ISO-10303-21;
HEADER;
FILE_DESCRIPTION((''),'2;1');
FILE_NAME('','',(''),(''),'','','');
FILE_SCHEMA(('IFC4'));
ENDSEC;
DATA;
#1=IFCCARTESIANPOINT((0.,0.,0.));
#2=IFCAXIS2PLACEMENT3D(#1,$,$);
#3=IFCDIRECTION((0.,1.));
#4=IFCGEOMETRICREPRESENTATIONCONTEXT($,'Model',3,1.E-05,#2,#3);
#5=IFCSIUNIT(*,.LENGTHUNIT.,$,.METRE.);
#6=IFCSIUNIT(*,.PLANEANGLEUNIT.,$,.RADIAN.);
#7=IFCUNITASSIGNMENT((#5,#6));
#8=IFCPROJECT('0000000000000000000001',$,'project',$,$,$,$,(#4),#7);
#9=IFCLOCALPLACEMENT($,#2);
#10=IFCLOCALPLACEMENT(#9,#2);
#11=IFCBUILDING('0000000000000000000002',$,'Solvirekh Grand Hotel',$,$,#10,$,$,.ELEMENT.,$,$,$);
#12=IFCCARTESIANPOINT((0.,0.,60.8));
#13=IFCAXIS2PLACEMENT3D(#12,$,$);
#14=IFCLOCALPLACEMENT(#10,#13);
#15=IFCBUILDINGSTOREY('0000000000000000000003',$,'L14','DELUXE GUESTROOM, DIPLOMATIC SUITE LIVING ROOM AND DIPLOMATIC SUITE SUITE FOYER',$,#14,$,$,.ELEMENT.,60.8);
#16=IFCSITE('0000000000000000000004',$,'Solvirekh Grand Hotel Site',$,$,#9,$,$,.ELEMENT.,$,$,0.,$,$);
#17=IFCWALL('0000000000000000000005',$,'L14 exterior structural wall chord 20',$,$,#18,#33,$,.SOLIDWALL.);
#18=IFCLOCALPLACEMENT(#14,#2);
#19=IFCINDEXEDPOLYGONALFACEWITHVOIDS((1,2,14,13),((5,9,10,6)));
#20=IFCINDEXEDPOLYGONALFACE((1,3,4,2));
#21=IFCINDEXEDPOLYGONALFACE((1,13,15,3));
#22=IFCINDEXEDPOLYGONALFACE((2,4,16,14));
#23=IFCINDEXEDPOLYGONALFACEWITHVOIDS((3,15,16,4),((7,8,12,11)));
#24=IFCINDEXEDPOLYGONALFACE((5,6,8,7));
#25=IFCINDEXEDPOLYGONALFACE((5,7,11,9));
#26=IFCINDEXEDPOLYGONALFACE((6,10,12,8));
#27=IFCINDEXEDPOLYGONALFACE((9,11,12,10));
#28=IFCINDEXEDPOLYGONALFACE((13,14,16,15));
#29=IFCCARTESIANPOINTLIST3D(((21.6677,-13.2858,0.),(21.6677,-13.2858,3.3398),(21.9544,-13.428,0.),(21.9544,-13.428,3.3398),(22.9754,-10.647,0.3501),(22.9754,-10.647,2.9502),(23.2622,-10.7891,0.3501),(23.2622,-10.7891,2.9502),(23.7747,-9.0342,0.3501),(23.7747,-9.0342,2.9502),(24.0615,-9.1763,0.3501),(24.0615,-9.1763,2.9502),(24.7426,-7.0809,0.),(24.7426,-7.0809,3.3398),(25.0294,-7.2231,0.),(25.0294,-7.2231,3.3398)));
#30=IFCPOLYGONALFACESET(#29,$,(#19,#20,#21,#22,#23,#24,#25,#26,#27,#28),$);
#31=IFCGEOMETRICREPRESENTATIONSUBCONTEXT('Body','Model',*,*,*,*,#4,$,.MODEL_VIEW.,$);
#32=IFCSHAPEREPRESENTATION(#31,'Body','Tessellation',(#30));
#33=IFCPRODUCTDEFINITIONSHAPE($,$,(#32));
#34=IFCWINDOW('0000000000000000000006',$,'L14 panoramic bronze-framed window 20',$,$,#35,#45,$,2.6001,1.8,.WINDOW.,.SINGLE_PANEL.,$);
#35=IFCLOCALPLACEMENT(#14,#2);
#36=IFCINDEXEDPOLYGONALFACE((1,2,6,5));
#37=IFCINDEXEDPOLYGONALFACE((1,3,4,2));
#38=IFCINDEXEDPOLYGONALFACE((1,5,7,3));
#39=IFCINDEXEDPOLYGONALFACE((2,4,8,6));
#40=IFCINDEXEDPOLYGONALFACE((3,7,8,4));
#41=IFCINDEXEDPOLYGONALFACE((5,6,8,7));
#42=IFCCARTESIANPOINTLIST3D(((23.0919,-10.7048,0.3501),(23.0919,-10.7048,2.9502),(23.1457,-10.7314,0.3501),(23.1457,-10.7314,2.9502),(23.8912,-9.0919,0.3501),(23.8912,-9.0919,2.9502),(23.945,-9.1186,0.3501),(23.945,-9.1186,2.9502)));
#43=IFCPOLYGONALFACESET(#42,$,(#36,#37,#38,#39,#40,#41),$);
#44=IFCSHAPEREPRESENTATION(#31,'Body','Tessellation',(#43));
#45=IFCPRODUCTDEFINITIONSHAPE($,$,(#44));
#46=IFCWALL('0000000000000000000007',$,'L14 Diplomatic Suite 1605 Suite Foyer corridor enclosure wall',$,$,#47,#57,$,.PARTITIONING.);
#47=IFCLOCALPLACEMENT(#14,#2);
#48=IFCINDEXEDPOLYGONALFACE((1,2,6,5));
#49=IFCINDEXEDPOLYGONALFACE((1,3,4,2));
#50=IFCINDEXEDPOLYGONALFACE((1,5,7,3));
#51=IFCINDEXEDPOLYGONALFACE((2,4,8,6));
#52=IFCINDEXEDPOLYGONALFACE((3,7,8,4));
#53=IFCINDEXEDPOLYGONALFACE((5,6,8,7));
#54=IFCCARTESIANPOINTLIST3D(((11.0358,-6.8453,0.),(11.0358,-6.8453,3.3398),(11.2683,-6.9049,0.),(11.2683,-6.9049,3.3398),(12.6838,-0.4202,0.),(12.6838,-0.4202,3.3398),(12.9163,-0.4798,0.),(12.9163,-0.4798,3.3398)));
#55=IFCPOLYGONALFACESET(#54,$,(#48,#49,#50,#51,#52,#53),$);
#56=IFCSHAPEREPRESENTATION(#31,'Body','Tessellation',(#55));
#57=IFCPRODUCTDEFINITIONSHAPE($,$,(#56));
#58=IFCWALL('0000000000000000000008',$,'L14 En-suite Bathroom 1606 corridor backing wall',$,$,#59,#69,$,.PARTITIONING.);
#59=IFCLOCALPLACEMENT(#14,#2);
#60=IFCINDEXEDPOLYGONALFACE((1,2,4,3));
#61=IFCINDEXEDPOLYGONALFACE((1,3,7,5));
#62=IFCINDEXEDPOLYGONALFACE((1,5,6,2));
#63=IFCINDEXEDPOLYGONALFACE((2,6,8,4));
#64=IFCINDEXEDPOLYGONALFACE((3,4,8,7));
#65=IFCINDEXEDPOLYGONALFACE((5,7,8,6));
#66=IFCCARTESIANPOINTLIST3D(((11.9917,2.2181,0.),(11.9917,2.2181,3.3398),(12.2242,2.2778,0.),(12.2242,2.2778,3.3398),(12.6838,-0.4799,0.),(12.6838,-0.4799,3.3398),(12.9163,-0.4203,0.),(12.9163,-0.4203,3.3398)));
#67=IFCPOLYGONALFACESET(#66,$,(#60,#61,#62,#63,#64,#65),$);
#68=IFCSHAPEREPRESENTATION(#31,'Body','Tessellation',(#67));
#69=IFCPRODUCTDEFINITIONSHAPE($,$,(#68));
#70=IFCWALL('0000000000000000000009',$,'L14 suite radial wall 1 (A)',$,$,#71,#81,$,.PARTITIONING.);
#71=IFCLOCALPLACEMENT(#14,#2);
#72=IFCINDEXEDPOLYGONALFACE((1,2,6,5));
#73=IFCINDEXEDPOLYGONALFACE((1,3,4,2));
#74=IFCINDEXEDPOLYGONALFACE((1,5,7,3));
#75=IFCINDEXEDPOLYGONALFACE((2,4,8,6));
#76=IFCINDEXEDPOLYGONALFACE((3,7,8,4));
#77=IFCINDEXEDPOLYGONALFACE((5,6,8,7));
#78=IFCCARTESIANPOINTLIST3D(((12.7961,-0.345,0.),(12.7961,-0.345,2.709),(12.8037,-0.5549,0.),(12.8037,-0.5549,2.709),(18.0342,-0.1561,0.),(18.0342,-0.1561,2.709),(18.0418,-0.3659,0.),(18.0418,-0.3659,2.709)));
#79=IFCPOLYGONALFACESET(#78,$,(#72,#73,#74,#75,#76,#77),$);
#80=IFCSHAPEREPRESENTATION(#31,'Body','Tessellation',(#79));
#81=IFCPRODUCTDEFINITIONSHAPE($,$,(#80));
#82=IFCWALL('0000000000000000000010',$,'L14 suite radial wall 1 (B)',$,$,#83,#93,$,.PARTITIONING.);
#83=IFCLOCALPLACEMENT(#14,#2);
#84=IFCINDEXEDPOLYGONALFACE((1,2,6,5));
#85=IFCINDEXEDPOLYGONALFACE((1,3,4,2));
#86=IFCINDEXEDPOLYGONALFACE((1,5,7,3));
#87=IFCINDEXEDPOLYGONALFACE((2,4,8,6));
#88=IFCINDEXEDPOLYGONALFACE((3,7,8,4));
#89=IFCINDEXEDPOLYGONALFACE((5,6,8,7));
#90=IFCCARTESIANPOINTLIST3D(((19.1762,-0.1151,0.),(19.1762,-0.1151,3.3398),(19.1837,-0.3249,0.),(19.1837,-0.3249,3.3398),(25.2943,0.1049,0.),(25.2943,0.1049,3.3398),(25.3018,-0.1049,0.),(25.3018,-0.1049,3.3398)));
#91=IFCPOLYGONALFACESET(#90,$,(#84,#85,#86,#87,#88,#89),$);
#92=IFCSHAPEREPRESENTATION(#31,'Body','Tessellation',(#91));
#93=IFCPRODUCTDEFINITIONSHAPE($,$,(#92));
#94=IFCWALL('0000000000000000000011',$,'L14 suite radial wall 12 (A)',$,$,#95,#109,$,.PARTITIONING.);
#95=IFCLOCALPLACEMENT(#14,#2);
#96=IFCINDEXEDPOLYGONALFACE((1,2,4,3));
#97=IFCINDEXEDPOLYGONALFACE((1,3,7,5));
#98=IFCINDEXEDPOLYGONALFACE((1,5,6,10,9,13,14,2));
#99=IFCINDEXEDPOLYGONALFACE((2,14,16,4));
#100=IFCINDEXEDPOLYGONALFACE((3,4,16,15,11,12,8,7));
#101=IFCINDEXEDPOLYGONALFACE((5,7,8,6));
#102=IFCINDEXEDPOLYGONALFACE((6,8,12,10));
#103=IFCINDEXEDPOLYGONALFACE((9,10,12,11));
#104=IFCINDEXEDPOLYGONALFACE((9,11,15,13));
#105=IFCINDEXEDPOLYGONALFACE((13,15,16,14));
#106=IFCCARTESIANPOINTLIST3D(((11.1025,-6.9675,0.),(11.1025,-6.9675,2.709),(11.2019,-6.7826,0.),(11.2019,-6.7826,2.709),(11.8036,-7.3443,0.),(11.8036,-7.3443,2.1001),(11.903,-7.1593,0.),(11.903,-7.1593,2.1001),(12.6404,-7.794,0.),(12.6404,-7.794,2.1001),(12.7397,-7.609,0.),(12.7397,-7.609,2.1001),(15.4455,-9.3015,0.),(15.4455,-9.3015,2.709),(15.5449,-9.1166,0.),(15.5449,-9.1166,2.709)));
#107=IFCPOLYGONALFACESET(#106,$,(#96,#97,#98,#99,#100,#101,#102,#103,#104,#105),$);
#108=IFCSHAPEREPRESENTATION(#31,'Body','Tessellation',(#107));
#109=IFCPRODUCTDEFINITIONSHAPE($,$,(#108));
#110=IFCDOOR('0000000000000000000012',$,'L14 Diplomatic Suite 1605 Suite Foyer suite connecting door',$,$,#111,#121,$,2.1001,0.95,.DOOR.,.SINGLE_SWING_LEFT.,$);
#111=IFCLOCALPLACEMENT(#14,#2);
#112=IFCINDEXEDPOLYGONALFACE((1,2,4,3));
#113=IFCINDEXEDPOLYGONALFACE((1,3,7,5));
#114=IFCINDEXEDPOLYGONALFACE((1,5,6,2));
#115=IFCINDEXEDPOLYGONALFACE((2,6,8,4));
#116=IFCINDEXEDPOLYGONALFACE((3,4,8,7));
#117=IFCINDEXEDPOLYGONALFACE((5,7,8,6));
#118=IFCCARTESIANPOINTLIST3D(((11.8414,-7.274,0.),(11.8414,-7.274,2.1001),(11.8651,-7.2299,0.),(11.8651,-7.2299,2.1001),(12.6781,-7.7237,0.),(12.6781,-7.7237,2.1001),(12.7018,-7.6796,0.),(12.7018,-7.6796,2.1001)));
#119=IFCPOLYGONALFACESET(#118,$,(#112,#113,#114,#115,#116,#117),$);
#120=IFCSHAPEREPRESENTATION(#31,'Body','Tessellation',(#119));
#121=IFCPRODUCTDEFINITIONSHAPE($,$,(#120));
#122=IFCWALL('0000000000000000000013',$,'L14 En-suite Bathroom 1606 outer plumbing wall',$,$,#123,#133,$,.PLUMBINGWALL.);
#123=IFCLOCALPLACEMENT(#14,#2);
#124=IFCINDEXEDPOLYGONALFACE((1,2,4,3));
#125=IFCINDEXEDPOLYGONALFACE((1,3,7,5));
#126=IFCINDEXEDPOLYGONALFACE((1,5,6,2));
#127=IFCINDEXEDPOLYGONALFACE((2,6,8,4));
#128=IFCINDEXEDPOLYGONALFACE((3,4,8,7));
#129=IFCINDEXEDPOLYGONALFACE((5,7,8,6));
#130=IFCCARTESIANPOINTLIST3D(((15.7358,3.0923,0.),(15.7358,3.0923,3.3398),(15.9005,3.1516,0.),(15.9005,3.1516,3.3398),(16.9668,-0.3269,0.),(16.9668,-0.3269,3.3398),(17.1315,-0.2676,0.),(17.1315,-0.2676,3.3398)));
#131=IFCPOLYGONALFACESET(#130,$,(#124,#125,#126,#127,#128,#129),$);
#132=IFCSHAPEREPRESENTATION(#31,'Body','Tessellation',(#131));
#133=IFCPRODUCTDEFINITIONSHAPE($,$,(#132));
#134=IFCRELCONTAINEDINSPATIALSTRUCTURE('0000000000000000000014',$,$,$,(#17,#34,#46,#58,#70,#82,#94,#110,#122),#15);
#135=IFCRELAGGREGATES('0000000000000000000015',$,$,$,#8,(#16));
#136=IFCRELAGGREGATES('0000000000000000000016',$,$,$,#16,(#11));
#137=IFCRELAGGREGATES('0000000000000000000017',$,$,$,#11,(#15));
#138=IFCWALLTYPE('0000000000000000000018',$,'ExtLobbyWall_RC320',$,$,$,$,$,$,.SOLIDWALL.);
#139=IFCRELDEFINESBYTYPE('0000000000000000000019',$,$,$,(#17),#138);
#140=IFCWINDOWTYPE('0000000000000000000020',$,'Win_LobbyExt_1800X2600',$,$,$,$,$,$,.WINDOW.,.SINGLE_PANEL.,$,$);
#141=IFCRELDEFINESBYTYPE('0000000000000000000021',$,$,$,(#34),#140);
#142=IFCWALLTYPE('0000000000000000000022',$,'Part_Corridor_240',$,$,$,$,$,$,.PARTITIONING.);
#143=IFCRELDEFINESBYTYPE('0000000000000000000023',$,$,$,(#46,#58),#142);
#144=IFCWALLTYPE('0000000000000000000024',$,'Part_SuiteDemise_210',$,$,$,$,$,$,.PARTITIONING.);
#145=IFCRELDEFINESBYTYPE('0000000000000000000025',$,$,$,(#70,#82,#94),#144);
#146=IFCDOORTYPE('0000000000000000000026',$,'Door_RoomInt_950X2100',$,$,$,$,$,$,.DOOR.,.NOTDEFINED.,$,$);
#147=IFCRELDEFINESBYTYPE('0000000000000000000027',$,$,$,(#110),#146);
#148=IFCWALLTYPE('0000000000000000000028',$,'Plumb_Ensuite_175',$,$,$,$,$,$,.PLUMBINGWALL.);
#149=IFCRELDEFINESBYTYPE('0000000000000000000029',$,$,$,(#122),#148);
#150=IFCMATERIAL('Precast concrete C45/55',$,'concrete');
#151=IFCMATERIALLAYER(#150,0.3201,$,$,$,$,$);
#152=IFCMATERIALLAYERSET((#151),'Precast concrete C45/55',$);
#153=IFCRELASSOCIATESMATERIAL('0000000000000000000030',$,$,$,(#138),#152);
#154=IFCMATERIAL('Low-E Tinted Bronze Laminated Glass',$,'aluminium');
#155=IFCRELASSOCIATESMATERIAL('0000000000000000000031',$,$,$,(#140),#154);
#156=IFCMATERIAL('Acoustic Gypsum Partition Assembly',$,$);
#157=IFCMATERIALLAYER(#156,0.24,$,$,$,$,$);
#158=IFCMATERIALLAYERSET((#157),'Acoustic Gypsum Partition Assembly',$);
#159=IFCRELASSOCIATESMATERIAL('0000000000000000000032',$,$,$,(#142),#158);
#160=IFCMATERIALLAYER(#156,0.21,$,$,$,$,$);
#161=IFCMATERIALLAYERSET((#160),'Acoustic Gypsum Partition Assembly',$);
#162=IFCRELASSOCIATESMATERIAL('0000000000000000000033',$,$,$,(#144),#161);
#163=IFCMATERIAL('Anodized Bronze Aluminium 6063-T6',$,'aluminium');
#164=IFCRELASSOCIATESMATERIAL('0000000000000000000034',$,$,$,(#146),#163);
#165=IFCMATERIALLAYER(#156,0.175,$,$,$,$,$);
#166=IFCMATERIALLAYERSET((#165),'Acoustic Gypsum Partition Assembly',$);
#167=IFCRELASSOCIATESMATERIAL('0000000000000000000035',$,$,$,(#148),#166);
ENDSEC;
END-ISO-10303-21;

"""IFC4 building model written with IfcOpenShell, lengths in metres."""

from ifc_helpers import new_model, si_unit, direction, frame, frame_2d, origin, place, context, subcontext, project, spatial, rectangle, extrude, material, layer, layer_set, type_object, element, fill, save


model = new_model("IFC4")

# Units and contexts
model_context = context("Model", 3, precision=1e-05, world=origin(), true_north=direction((0.0, 1.0)))
body_context = subcontext(model_context, "Body", "Model", "MODEL_VIEW")
ifc_project = project(units=[si_unit("LENGTHUNIT", "METRE"), si_unit("PLANEANGLEUNIT", "RADIAN")], contexts=[model_context])

# Site, building, storey
site_placement = place(None, origin())
site = spatial("IfcSite", under=ifc_project, at=site_placement, Name="Solvirekh Grand Hotel Site", CompositionType="ELEMENT", RefElevation=0.0)
building_placement = place(site_placement, origin())
building = spatial("IfcBuilding", under=site, at=building_placement, Name="Solvirekh Grand Hotel", CompositionType="ELEMENT")
storey_placement = place(building_placement, frame((0.0, 0.0, 60.8)))
storey = spatial("IfcBuildingStorey", under=building, at=storey_placement, Name="L14", Description="DELUXE GUESTROOM, DIPLOMATIC SUITE LIVING ROOM AND DIPLOMATIC SUITE SUITE FOYER", CompositionType="ELEMENT", Elevation=60.8)

# Shared definitions
ifc_material_1 = material(Name="Anodized Bronze Aluminium 6063-T6", Category="aluminium")
ifc_material_2 = material(Name="Low-E Tinted Bronze Laminated Glass", Category="aluminium")

# Wall, opening, window
ifc_material_3 = material(Name="Precast concrete C45/55", Category="concrete")
ifc_layer_1 = layer(ifc_material_3, 0.3201)
ifc_layer_set_1 = layer_set([ifc_layer_1], Name="Precast concrete C45/55")
wall_type_1 = type_object("IfcWallType", Name="ExtLobbyWall_RC320", PredefinedType="SOLIDWALL", material=ifc_layer_set_1)
wall_1_placement = place(storey_placement, frame((24.886, -7.1521, 0.0), z_axis=(0.0, 0.0, 1.0), x_axis=(-0.444038, -0.896008, 0.0)))
wall_1 = element("IfcWall", 1, at=wall_1_placement, inside=storey, type_object=wall_type_1, Name="L14 exterior structural wall chord 20", PredefinedType="SOLIDWALL", context=body_context, shape_type="SweptSolid", body=[
    extrude(rectangle(XDim=6.925, YDim=0.3201, at=frame_2d((3.4624, 0.0))), origin(), (0.0, 0.0, 1.0), 3.3398),
])
opening_1_placement = place(wall_1_placement, frame((2.1799, 0.0, 0.3501)))
opening_1 = element("IfcOpeningElement", 2, at=opening_1_placement, cuts=wall_1, PredefinedType="OPENING", context=body_context, shape_type="SweptSolid", body=[
    extrude(rectangle(XDim=1.8, YDim=2.6001, at=frame_2d((0.8999, 1.3))), frame((0.0, 0.1699, 0.0), z_axis=(0.0, -1.0, 0.0), x_axis=(1.0, 0.0, 0.0)), (0.0, 0.0, 1.0), 0.3401),
])
window_type = type_object("IfcWindowType", Name="Win_LobbyExt_1800X2600", PartitioningType="SINGLE_PANEL", PredefinedType="WINDOW", material=ifc_material_2)
window_placement = place(opening_1_placement, origin())
window = element("IfcWindow", 3, at=window_placement, inside=storey, type_object=window_type, Name="L14 panoramic bronze-framed window 20", OverallHeight=2.6001, OverallWidth=1.8, PartitioningType="SINGLE_PANEL", PredefinedType="WINDOW", context=body_context, shape_type="SweptSolid", body=[
    extrude(rectangle(XDim=1.8, YDim=2.6001, at=frame_2d((0.8999, 1.3))), frame((0.0, 0.03, 0.0), z_axis=(0.0, -1.0, 0.0), x_axis=(1.0, 0.0, 0.0)), (0.0, 0.0, 1.0), 0.0601),
])
fill(opening_1, window)

# Walls
ifc_material_4 = material(Name="Acoustic Gypsum Partition Assembly")
ifc_layer_2 = layer(ifc_material_4, 0.24)
ifc_layer_set_2 = layer_set([ifc_layer_2], Name="Acoustic Gypsum Partition Assembly")
wall_type_2 = type_object("IfcWallType", Name="Part_Corridor_240", PredefinedType="PARTITIONING", material=ifc_layer_set_2)
wall_2_placement = place(storey_placement, frame((11.1521, -6.875, 0.0), z_axis=(0.0, 0.0, 1.0), x_axis=(0.248446, 0.968646, 0.0)))
element("IfcWall", 4, at=wall_2_placement, inside=storey, type_object=wall_type_2, Name="L14 Diplomatic Suite 1605 Suite Foyer corridor enclosure wall", PredefinedType="PARTITIONING", context=body_context, shape_type="SweptSolid", body=[
    extrude(rectangle(XDim=6.6331, YDim=0.24, at=frame_2d((3.3164, 0.0))), origin(), (0.0, 0.0, 1.0), 3.3398),
])
wall_3_placement = place(storey_placement, frame((12.8, -0.45, 0.0), z_axis=(0.0, 0.0, 1.0), x_axis=(-0.248491, 0.968634, 0.0)))
element("IfcWall", 5, at=wall_3_placement, inside=storey, type_object=wall_type_2, Name="L14 En-suite Bathroom 1606 corridor backing wall", PredefinedType="PARTITIONING", context=body_context, shape_type="SweptSolid", body=[
    extrude(rectangle(XDim=2.7854, YDim=0.24, at=frame_2d((1.3926, 0.0))), origin(), (0.0, 0.0, 1.0), 3.3398),
])
ifc_layer_3 = layer(ifc_material_4, 0.21)
ifc_layer_set_3 = layer_set([ifc_layer_3], Name="Acoustic Gypsum Partition Assembly")
wall_type_3 = type_object("IfcWallType", Name="Part_SuiteDemise_210", PredefinedType="PARTITIONING", material=ifc_layer_set_3)
wall_4_placement = place(storey_placement, frame((12.8, -0.45, 0.0), z_axis=(0.0, 0.0, 1.0), x_axis=(0.99935, 0.036052, 0.0)))
element("IfcWall", 6, at=wall_4_placement, inside=storey, type_object=wall_type_3, Name="L14 suite radial wall 1 (A)", PredefinedType="PARTITIONING", context=body_context, shape_type="SweptSolid", body=[
    extrude(rectangle(XDim=5.2415, YDim=0.21, at=frame_2d((2.6206, 0.0))), origin(), (0.0, 0.0, 1.0), 2.709),
])
wall_5_placement = place(storey_placement, frame((19.1799, -0.22, 0.0), z_axis=(0.0, 0.0, 1.0), x_axis=(0.999354, 0.03593, 0.0)))
element("IfcWall", 7, at=wall_5_placement, inside=storey, type_object=wall_type_3, Name="L14 suite radial wall 1 (B)", PredefinedType="PARTITIONING", context=body_context, shape_type="SweptSolid", body=[
    extrude(rectangle(XDim=6.1221, YDim=0.21, at=frame_2d((3.061, 0.0))), origin(), (0.0, 0.0, 1.0), 3.3398),
])

# Wall, opening, door
wall_6_placement = place(storey_placement, frame((11.1521, -6.875, 0.0), z_axis=(0.0, 0.0, 1.0), x_axis=(0.880857, -0.473382, 0.0)))
wall_6 = element("IfcWall", 8, at=wall_6_placement, inside=storey, type_object=wall_type_3, Name="L14 suite radial wall 12 (A)", PredefinedType="PARTITIONING", context=body_context, shape_type="SweptSolid", body=[
    extrude(rectangle(XDim=4.9304, YDim=0.21, at=frame_2d((2.4653, 0.0))), origin(), (0.0, 0.0, 1.0), 2.709),
])
opening_2_placement = place(wall_6_placement, frame((0.7959, 0.0, 0.0)))
opening_2 = element("IfcOpeningElement", 9, at=opening_2_placement, cuts=wall_6, PredefinedType="OPENING", context=body_context, shape_type="SweptSolid", body=[
    extrude(rectangle(XDim=0.95, YDim=2.1001, at=frame_2d((0.4751, 1.05))), frame((0.0, 0.115, 0.0), z_axis=(0.0, -1.0, 0.0), x_axis=(1.0, 0.0, 0.0)), (0.0, 0.0, 1.0), 0.23),
])
door_type = type_object("IfcDoorType", Name="Door_RoomInt_950X2100", OperationType="NOTDEFINED", PredefinedType="DOOR", material=ifc_material_1)
door_placement = place(opening_2_placement, origin())
door = element("IfcDoor", 10, at=door_placement, inside=storey, type_object=door_type, Name="L14 Diplomatic Suite 1605 Suite Foyer suite connecting door", OperationType="SINGLE_SWING_LEFT", OverallHeight=2.1001, OverallWidth=0.95, PredefinedType="DOOR", context=body_context, shape_type="SweptSolid", body=[
    extrude(rectangle(XDim=0.95, YDim=2.1001, at=frame_2d((0.4751, 1.05))), frame((0.0, 0.0249, 0.0), z_axis=(0.0, -1.0, 0.0), x_axis=(1.0, 0.0, 0.0)), (0.0, 0.0, 1.0), 0.05),
])
fill(opening_2, door)

# Wall
ifc_layer_4 = layer(ifc_material_4, 0.175)
ifc_layer_set_4 = layer_set([ifc_layer_4], Name="Acoustic Gypsum Partition Assembly")
wall_type_4 = type_object("IfcWallType", Name="Plumb_Ensuite_175", PredefinedType="PLUMBINGWALL", material=ifc_layer_set_4)
wall_7_placement = place(storey_placement, frame((17.0491, -0.2971, 0.0), z_axis=(0.0, 0.0, 1.0), x_axis=(-0.338731, 0.940883, 0.0)))
element("IfcWall", 11, at=wall_7_placement, inside=storey, type_object=wall_type_4, Name="L14 En-suite Bathroom 1606 outer plumbing wall", PredefinedType="PLUMBINGWALL", context=body_context, shape_type="SweptSolid", body=[
    extrude(rectangle(XDim=3.634, YDim=0.175, at=frame_2d((1.8169, 0.0))), origin(), (0.0, 0.0, 1.0), 3.3398),
])

save(model, "model.ifc")
